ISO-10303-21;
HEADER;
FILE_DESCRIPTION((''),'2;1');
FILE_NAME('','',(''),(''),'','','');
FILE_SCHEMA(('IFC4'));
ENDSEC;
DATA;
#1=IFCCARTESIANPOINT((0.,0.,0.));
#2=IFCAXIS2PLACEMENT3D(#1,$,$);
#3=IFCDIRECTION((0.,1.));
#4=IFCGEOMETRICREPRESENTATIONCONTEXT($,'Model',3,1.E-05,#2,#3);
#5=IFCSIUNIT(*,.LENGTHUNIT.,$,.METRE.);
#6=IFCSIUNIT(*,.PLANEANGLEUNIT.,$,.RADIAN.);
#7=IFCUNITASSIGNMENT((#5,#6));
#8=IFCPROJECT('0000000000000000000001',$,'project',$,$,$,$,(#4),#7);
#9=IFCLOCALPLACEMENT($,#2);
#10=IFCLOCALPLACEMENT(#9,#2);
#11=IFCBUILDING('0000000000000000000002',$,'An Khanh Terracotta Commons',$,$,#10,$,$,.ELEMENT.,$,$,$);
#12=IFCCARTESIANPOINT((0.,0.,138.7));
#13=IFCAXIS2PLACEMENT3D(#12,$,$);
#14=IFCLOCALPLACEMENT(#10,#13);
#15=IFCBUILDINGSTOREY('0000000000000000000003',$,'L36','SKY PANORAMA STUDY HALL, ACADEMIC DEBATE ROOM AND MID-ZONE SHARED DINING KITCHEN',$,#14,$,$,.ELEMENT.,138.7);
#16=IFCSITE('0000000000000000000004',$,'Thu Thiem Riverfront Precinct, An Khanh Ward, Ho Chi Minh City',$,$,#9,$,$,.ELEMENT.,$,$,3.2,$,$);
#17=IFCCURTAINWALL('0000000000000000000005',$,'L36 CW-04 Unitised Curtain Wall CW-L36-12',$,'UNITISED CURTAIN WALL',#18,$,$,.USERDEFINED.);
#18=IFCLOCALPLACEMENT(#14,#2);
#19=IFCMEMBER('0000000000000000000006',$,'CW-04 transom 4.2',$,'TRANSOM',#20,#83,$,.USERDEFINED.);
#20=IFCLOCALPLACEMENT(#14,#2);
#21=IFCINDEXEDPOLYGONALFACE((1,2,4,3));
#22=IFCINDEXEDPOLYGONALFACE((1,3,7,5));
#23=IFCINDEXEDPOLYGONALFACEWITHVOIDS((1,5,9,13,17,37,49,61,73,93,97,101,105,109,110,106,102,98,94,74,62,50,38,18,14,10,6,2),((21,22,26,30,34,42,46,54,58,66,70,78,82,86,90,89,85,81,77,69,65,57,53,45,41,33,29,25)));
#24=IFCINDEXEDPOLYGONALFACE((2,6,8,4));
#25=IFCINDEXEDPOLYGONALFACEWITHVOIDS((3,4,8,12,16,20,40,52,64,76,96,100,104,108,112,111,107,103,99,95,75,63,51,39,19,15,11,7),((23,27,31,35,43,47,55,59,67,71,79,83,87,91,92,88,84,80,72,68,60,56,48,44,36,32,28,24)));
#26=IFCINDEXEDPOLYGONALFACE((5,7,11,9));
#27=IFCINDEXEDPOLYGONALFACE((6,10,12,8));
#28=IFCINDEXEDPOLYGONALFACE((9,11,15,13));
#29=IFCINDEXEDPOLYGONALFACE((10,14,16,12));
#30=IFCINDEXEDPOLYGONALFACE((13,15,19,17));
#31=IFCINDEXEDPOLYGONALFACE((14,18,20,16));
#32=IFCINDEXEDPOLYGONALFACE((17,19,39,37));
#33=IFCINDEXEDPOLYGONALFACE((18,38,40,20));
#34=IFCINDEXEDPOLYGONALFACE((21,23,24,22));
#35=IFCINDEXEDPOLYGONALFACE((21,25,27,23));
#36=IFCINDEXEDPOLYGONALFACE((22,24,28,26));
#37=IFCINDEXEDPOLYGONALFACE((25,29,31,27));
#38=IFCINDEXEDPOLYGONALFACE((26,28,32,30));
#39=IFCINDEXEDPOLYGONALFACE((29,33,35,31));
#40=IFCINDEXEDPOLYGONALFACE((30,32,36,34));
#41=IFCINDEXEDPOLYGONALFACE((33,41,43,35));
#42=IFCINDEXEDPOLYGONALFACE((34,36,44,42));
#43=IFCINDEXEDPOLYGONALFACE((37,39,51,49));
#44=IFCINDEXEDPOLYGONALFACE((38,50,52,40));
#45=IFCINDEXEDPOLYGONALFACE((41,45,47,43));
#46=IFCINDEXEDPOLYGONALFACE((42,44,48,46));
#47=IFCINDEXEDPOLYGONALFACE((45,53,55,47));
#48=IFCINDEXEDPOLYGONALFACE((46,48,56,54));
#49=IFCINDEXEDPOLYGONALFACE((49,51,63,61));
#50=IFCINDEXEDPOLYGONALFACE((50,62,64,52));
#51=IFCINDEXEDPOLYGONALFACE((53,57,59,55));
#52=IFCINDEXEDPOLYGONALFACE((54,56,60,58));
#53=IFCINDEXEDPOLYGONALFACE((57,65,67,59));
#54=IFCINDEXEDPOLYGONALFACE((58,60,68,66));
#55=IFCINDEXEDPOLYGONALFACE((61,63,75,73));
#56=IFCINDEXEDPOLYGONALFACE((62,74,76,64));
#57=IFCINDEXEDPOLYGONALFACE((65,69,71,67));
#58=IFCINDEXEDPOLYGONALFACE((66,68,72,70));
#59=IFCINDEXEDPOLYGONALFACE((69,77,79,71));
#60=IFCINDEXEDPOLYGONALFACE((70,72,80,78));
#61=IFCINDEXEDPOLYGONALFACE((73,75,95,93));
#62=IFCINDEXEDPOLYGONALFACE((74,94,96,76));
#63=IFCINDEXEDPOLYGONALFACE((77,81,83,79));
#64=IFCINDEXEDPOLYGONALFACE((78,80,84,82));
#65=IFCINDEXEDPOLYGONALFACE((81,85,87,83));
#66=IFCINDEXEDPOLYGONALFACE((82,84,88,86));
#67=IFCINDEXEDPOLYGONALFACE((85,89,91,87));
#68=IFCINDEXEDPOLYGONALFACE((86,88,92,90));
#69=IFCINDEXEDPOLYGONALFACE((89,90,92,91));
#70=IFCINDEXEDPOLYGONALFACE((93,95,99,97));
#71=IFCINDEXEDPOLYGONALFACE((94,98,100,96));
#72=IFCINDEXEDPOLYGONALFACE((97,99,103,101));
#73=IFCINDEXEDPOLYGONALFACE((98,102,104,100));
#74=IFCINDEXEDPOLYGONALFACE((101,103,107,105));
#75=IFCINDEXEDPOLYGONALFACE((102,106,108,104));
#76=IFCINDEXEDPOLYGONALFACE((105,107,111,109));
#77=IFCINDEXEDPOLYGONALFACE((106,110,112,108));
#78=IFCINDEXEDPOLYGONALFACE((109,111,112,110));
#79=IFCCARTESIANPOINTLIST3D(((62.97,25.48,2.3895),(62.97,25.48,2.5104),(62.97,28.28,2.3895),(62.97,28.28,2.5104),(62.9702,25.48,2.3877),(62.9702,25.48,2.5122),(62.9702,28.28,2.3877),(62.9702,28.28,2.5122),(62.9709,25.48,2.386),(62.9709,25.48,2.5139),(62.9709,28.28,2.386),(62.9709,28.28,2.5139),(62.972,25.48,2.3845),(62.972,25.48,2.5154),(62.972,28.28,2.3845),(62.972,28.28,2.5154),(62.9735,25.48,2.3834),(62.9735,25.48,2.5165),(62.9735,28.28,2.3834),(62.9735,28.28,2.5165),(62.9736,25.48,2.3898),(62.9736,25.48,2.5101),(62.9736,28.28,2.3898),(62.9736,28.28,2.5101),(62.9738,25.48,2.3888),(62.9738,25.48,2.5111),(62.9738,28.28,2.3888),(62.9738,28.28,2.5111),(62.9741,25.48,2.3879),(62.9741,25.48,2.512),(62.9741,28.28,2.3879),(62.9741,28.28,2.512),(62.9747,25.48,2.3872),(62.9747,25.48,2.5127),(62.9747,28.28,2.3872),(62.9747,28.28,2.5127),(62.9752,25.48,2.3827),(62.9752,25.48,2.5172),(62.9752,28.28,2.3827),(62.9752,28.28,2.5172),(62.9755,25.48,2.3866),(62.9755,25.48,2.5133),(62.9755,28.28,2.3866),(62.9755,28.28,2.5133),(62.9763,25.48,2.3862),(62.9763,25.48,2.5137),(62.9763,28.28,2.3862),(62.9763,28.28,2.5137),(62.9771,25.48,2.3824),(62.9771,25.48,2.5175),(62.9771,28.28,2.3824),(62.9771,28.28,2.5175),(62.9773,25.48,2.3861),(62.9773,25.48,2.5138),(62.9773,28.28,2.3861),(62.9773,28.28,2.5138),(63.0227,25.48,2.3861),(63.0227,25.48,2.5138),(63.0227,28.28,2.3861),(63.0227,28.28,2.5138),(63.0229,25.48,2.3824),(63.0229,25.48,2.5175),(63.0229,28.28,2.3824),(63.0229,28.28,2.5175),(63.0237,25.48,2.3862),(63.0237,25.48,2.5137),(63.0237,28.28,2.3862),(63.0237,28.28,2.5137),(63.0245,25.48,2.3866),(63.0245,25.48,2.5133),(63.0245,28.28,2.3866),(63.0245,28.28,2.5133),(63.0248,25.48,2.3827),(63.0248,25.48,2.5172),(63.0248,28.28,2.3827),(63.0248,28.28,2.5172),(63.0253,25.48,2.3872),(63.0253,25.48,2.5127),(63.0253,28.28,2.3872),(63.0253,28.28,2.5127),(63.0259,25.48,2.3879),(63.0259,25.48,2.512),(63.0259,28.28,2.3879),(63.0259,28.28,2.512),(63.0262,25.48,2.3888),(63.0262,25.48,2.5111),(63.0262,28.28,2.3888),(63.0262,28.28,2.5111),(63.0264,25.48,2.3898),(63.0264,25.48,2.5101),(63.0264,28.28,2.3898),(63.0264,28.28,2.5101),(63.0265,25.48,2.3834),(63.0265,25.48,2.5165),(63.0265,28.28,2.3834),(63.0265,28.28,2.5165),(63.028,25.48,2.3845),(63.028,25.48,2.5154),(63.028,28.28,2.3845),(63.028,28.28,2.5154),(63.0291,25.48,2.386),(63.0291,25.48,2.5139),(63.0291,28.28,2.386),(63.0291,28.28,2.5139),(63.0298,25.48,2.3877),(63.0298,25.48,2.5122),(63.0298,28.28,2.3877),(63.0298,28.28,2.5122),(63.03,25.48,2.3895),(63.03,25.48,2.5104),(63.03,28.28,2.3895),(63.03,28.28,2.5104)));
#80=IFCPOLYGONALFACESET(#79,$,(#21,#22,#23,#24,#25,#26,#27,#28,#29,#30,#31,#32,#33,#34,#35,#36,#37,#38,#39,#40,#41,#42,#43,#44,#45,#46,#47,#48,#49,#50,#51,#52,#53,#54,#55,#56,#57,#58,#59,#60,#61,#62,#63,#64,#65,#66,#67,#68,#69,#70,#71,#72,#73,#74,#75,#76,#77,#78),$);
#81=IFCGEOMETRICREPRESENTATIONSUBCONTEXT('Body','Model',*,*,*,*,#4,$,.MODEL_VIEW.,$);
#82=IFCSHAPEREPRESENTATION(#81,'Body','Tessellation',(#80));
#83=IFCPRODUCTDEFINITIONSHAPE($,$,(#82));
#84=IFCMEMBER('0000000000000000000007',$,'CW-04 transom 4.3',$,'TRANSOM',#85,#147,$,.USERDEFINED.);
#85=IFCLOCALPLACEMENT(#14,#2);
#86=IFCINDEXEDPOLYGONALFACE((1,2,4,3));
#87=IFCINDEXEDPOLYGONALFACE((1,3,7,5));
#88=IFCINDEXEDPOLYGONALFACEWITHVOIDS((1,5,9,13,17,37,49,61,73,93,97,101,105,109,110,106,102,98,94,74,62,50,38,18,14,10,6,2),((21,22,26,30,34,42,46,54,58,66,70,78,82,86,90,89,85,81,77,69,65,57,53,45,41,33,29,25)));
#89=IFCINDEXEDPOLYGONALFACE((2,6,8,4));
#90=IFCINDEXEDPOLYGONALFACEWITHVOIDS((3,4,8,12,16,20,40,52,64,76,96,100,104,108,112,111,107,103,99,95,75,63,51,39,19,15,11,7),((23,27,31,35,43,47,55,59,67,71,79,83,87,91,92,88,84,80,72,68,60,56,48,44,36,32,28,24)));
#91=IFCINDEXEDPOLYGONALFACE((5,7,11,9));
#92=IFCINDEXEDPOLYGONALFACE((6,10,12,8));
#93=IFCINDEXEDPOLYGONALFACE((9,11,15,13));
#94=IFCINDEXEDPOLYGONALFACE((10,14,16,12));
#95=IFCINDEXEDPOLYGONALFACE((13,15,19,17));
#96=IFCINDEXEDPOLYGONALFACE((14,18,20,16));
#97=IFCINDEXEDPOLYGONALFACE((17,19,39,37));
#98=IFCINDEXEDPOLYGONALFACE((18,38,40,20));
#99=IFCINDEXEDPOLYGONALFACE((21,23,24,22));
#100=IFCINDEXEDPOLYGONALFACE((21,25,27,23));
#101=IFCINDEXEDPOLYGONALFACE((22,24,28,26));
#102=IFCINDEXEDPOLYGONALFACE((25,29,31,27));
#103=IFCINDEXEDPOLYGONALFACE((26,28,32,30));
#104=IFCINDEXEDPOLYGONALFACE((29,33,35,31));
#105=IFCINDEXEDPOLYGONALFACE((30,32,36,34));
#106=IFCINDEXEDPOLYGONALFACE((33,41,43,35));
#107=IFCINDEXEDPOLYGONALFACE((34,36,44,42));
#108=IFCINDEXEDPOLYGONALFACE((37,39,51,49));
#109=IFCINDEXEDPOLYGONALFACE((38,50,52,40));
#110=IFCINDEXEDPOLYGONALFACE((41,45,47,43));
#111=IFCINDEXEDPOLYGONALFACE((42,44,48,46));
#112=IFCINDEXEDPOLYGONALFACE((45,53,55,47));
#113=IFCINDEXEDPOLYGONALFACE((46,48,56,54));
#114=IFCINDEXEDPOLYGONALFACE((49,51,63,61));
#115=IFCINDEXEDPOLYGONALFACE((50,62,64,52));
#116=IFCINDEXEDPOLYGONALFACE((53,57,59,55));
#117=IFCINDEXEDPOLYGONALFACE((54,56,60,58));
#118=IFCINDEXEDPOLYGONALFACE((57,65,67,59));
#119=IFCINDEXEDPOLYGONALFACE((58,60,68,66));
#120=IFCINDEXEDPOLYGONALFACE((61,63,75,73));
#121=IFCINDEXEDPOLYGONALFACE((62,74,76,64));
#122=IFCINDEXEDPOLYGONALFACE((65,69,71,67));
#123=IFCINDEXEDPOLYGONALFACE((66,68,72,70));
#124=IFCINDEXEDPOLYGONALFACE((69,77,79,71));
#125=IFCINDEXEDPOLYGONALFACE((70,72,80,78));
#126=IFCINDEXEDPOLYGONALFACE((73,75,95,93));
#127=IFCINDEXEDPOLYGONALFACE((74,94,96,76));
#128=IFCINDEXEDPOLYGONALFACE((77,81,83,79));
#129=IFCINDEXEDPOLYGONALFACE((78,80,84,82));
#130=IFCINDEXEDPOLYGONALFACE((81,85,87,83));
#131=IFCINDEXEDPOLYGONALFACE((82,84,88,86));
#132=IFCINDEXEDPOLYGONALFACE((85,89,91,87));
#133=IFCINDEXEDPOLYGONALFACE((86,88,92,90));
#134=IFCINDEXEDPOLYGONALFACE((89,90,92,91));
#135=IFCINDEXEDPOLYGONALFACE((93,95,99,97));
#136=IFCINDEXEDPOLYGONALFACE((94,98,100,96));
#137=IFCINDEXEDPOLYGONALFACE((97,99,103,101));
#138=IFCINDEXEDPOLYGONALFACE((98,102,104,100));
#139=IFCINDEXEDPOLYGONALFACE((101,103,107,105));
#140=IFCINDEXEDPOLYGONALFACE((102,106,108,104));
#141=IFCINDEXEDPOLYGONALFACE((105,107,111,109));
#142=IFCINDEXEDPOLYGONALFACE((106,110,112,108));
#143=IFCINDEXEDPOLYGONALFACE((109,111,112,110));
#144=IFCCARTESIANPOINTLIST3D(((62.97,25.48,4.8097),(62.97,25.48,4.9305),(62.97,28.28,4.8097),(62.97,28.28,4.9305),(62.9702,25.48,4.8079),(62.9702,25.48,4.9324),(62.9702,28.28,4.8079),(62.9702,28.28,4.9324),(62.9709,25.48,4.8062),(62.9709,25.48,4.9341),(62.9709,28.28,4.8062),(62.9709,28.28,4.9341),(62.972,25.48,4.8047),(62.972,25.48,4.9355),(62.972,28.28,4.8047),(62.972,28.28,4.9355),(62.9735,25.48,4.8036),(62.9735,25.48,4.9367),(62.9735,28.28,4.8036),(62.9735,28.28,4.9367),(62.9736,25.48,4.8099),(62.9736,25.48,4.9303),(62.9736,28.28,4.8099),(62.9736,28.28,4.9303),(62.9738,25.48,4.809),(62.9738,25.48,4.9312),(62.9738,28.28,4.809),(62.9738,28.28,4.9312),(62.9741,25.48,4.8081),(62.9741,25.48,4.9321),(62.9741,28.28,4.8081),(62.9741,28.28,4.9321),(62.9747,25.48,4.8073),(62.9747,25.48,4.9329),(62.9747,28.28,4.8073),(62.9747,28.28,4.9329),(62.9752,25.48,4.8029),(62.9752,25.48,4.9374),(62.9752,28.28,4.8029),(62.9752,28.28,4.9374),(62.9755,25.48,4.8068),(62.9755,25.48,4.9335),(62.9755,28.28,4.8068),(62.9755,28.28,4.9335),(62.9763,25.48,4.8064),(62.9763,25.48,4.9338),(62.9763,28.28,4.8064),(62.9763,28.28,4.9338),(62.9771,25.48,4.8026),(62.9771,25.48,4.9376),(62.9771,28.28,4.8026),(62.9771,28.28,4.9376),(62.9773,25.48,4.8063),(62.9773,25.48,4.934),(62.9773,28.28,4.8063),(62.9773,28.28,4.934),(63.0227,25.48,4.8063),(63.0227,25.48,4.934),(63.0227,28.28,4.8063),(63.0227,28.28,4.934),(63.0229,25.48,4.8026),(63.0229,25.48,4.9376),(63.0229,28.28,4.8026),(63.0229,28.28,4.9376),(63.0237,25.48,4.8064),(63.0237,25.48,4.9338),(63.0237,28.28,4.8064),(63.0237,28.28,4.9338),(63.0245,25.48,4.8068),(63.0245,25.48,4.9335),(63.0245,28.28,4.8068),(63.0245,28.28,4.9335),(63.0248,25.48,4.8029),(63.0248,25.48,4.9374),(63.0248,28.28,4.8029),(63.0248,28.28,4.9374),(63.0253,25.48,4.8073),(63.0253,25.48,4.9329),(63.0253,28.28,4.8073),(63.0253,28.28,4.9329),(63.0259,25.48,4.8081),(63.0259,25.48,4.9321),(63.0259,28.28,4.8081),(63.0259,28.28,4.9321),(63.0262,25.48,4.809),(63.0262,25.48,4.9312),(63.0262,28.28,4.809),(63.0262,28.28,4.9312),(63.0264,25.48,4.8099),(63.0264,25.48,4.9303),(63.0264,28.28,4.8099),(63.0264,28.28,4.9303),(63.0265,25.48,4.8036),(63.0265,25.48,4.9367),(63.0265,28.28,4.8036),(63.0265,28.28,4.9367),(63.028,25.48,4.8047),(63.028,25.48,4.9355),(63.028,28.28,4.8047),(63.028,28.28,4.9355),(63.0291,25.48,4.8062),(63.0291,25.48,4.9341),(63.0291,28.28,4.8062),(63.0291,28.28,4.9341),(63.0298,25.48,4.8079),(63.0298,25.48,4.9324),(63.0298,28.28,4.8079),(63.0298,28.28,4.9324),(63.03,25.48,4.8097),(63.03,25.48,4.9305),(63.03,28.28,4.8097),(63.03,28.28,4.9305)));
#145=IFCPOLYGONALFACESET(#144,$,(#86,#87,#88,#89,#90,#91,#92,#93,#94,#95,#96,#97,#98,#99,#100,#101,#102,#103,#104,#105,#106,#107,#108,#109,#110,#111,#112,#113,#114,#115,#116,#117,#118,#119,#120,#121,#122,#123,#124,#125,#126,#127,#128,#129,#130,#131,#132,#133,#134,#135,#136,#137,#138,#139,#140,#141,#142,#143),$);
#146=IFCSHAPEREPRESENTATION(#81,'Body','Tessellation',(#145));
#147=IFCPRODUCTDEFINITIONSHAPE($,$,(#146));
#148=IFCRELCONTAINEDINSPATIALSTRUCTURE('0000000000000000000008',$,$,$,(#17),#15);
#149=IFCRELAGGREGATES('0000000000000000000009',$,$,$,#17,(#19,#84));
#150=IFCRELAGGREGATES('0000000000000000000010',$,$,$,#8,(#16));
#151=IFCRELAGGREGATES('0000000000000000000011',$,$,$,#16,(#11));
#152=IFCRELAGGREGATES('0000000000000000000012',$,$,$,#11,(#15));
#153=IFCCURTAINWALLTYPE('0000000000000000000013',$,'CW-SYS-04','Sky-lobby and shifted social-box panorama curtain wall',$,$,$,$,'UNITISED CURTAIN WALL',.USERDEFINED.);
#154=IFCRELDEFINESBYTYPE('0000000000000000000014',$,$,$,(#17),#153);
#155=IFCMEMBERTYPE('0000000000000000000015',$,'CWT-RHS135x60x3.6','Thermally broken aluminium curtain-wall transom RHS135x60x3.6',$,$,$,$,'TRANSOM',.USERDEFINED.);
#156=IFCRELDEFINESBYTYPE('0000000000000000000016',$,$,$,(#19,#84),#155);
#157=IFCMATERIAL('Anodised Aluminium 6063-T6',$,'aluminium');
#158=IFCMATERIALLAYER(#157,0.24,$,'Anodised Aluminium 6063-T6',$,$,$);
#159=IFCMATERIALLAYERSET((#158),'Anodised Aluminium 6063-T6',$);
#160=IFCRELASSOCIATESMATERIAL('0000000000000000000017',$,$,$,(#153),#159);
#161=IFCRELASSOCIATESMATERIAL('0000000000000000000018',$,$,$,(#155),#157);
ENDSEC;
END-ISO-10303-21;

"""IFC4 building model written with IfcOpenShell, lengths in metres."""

from ifc_helpers import new_model, si_unit, direction, frame, origin, origin_2d, place, context, subcontext, project, spatial, hollow_rectangle, extrude, material, layer, layer_set, material_profile, profile_set, type_object, element, aggregate, save


model = new_model("IFC4")

# Units and contexts
model_context = context("Model", 3, precision=1e-05, world=origin(), true_north=direction((0.0, 1.0)))
body_context = subcontext(model_context, "Body", "Model", "MODEL_VIEW")
ifc_project = project(units=[si_unit("LENGTHUNIT", "METRE"), si_unit("PLANEANGLEUNIT", "RADIAN")], contexts=[model_context])

# Site, building, storey
site_placement = place(None, origin())
site = spatial("IfcSite", under=ifc_project, at=site_placement, Name="Thu Thiem Riverfront Precinct, An Khanh Ward, Ho Chi Minh City", CompositionType="ELEMENT", RefElevation=3.2)
building_placement = place(site_placement, origin())
building = spatial("IfcBuilding", under=site, at=building_placement, Name="An Khanh Terracotta Commons", CompositionType="ELEMENT")
storey_placement = place(building_placement, frame((0.0, 0.0, 138.7)))
storey = spatial("IfcBuildingStorey", under=building, at=storey_placement, Name="L36", Description="SKY PANORAMA STUDY HALL, ACADEMIC DEBATE ROOM AND MID-ZONE SHARED DINING KITCHEN", CompositionType="ELEMENT", Elevation=138.7)

# Curtain wall
ifc_material_1 = material(Name="Anodised Aluminium 6063-T6", Category="aluminium")
ifc_layer_1 = layer(ifc_material_1, 0.24, Name="Anodised Aluminium 6063-T6")
ifc_layer_set_1 = layer_set([ifc_layer_1], Name="Anodised Aluminium 6063-T6")
curtain_wall_type = type_object("IfcCurtainWallType", Name="CW-SYS-04", Description="Sky-lobby and shifted social-box panorama curtain wall", ElementType="UNITISED CURTAIN WALL", PredefinedType="USERDEFINED", material=ifc_layer_set_1)
curtain_wall_1_placement = place(storey_placement, origin())
curtain_wall_1 = element("IfcCurtainWall", 1, at=curtain_wall_1_placement, inside=storey, type_object=curtain_wall_type, Name="L36 CW-04 Unitised Curtain Wall CW-L36-12", ObjectType="UNITISED CURTAIN WALL", PredefinedType="USERDEFINED")

# Members
ifc_material_profile_1 = material_profile(ifc_material_1, hollow_rectangle(XDim=0.0601, YDim=0.135, WallThickness=0.0037, InnerFilletRadius=0.0037, OuterFilletRadius=0.0071, at=origin_2d()), Name="RHS135x60x3.6")
ifc_profile_set_1 = profile_set([ifc_material_profile_1], Name="Anodised Aluminium 6063-T6")
member_type_1 = type_object("IfcMemberType", Name="CWT-RHS135x60x3.6", Description="Thermally broken aluminium curtain-wall transom RHS135x60x3.6", ElementType="TRANSOM", PredefinedType="USERDEFINED", material=ifc_profile_set_1)
member_1_placement = place(storey_placement, frame((63.0, 25.48, 2.45), z_axis=(0.0, 1.0, 0.0), x_axis=(-1.0, 0.0, 0.0)))
member_1 = element("IfcMember", 2, at=member_1_placement, type_object=member_type_1, Name="CW-04 transom 4.2", ObjectType="TRANSOM", PredefinedType="USERDEFINED", context=body_context, shape_type="SweptSolid", body=[
    extrude(hollow_rectangle(XDim=0.0601, YDim=0.135, WallThickness=0.0037, InnerFilletRadius=0.0037, OuterFilletRadius=0.0071, at=origin_2d()), origin(), (0.0, 0.0, 1.0), 2.8),
])
member_2_placement = place(storey_placement, frame((63.0, 25.48, 4.8701), z_axis=(0.0, 1.0, 0.0), x_axis=(-1.0, 0.0, 0.0)))
member_2 = element("IfcMember", 3, at=member_2_placement, type_object=member_type_1, Name="CW-04 transom 4.3", ObjectType="TRANSOM", PredefinedType="USERDEFINED", context=body_context, shape_type="SweptSolid", body=[
    extrude(hollow_rectangle(XDim=0.0601, YDim=0.135, WallThickness=0.0037, InnerFilletRadius=0.0037, OuterFilletRadius=0.0071, at=origin_2d()), origin(), (0.0, 0.0, 1.0), 2.8),
])

aggregate(curtain_wall_1, [member_1, member_2])

save(model, "model.ifc")
